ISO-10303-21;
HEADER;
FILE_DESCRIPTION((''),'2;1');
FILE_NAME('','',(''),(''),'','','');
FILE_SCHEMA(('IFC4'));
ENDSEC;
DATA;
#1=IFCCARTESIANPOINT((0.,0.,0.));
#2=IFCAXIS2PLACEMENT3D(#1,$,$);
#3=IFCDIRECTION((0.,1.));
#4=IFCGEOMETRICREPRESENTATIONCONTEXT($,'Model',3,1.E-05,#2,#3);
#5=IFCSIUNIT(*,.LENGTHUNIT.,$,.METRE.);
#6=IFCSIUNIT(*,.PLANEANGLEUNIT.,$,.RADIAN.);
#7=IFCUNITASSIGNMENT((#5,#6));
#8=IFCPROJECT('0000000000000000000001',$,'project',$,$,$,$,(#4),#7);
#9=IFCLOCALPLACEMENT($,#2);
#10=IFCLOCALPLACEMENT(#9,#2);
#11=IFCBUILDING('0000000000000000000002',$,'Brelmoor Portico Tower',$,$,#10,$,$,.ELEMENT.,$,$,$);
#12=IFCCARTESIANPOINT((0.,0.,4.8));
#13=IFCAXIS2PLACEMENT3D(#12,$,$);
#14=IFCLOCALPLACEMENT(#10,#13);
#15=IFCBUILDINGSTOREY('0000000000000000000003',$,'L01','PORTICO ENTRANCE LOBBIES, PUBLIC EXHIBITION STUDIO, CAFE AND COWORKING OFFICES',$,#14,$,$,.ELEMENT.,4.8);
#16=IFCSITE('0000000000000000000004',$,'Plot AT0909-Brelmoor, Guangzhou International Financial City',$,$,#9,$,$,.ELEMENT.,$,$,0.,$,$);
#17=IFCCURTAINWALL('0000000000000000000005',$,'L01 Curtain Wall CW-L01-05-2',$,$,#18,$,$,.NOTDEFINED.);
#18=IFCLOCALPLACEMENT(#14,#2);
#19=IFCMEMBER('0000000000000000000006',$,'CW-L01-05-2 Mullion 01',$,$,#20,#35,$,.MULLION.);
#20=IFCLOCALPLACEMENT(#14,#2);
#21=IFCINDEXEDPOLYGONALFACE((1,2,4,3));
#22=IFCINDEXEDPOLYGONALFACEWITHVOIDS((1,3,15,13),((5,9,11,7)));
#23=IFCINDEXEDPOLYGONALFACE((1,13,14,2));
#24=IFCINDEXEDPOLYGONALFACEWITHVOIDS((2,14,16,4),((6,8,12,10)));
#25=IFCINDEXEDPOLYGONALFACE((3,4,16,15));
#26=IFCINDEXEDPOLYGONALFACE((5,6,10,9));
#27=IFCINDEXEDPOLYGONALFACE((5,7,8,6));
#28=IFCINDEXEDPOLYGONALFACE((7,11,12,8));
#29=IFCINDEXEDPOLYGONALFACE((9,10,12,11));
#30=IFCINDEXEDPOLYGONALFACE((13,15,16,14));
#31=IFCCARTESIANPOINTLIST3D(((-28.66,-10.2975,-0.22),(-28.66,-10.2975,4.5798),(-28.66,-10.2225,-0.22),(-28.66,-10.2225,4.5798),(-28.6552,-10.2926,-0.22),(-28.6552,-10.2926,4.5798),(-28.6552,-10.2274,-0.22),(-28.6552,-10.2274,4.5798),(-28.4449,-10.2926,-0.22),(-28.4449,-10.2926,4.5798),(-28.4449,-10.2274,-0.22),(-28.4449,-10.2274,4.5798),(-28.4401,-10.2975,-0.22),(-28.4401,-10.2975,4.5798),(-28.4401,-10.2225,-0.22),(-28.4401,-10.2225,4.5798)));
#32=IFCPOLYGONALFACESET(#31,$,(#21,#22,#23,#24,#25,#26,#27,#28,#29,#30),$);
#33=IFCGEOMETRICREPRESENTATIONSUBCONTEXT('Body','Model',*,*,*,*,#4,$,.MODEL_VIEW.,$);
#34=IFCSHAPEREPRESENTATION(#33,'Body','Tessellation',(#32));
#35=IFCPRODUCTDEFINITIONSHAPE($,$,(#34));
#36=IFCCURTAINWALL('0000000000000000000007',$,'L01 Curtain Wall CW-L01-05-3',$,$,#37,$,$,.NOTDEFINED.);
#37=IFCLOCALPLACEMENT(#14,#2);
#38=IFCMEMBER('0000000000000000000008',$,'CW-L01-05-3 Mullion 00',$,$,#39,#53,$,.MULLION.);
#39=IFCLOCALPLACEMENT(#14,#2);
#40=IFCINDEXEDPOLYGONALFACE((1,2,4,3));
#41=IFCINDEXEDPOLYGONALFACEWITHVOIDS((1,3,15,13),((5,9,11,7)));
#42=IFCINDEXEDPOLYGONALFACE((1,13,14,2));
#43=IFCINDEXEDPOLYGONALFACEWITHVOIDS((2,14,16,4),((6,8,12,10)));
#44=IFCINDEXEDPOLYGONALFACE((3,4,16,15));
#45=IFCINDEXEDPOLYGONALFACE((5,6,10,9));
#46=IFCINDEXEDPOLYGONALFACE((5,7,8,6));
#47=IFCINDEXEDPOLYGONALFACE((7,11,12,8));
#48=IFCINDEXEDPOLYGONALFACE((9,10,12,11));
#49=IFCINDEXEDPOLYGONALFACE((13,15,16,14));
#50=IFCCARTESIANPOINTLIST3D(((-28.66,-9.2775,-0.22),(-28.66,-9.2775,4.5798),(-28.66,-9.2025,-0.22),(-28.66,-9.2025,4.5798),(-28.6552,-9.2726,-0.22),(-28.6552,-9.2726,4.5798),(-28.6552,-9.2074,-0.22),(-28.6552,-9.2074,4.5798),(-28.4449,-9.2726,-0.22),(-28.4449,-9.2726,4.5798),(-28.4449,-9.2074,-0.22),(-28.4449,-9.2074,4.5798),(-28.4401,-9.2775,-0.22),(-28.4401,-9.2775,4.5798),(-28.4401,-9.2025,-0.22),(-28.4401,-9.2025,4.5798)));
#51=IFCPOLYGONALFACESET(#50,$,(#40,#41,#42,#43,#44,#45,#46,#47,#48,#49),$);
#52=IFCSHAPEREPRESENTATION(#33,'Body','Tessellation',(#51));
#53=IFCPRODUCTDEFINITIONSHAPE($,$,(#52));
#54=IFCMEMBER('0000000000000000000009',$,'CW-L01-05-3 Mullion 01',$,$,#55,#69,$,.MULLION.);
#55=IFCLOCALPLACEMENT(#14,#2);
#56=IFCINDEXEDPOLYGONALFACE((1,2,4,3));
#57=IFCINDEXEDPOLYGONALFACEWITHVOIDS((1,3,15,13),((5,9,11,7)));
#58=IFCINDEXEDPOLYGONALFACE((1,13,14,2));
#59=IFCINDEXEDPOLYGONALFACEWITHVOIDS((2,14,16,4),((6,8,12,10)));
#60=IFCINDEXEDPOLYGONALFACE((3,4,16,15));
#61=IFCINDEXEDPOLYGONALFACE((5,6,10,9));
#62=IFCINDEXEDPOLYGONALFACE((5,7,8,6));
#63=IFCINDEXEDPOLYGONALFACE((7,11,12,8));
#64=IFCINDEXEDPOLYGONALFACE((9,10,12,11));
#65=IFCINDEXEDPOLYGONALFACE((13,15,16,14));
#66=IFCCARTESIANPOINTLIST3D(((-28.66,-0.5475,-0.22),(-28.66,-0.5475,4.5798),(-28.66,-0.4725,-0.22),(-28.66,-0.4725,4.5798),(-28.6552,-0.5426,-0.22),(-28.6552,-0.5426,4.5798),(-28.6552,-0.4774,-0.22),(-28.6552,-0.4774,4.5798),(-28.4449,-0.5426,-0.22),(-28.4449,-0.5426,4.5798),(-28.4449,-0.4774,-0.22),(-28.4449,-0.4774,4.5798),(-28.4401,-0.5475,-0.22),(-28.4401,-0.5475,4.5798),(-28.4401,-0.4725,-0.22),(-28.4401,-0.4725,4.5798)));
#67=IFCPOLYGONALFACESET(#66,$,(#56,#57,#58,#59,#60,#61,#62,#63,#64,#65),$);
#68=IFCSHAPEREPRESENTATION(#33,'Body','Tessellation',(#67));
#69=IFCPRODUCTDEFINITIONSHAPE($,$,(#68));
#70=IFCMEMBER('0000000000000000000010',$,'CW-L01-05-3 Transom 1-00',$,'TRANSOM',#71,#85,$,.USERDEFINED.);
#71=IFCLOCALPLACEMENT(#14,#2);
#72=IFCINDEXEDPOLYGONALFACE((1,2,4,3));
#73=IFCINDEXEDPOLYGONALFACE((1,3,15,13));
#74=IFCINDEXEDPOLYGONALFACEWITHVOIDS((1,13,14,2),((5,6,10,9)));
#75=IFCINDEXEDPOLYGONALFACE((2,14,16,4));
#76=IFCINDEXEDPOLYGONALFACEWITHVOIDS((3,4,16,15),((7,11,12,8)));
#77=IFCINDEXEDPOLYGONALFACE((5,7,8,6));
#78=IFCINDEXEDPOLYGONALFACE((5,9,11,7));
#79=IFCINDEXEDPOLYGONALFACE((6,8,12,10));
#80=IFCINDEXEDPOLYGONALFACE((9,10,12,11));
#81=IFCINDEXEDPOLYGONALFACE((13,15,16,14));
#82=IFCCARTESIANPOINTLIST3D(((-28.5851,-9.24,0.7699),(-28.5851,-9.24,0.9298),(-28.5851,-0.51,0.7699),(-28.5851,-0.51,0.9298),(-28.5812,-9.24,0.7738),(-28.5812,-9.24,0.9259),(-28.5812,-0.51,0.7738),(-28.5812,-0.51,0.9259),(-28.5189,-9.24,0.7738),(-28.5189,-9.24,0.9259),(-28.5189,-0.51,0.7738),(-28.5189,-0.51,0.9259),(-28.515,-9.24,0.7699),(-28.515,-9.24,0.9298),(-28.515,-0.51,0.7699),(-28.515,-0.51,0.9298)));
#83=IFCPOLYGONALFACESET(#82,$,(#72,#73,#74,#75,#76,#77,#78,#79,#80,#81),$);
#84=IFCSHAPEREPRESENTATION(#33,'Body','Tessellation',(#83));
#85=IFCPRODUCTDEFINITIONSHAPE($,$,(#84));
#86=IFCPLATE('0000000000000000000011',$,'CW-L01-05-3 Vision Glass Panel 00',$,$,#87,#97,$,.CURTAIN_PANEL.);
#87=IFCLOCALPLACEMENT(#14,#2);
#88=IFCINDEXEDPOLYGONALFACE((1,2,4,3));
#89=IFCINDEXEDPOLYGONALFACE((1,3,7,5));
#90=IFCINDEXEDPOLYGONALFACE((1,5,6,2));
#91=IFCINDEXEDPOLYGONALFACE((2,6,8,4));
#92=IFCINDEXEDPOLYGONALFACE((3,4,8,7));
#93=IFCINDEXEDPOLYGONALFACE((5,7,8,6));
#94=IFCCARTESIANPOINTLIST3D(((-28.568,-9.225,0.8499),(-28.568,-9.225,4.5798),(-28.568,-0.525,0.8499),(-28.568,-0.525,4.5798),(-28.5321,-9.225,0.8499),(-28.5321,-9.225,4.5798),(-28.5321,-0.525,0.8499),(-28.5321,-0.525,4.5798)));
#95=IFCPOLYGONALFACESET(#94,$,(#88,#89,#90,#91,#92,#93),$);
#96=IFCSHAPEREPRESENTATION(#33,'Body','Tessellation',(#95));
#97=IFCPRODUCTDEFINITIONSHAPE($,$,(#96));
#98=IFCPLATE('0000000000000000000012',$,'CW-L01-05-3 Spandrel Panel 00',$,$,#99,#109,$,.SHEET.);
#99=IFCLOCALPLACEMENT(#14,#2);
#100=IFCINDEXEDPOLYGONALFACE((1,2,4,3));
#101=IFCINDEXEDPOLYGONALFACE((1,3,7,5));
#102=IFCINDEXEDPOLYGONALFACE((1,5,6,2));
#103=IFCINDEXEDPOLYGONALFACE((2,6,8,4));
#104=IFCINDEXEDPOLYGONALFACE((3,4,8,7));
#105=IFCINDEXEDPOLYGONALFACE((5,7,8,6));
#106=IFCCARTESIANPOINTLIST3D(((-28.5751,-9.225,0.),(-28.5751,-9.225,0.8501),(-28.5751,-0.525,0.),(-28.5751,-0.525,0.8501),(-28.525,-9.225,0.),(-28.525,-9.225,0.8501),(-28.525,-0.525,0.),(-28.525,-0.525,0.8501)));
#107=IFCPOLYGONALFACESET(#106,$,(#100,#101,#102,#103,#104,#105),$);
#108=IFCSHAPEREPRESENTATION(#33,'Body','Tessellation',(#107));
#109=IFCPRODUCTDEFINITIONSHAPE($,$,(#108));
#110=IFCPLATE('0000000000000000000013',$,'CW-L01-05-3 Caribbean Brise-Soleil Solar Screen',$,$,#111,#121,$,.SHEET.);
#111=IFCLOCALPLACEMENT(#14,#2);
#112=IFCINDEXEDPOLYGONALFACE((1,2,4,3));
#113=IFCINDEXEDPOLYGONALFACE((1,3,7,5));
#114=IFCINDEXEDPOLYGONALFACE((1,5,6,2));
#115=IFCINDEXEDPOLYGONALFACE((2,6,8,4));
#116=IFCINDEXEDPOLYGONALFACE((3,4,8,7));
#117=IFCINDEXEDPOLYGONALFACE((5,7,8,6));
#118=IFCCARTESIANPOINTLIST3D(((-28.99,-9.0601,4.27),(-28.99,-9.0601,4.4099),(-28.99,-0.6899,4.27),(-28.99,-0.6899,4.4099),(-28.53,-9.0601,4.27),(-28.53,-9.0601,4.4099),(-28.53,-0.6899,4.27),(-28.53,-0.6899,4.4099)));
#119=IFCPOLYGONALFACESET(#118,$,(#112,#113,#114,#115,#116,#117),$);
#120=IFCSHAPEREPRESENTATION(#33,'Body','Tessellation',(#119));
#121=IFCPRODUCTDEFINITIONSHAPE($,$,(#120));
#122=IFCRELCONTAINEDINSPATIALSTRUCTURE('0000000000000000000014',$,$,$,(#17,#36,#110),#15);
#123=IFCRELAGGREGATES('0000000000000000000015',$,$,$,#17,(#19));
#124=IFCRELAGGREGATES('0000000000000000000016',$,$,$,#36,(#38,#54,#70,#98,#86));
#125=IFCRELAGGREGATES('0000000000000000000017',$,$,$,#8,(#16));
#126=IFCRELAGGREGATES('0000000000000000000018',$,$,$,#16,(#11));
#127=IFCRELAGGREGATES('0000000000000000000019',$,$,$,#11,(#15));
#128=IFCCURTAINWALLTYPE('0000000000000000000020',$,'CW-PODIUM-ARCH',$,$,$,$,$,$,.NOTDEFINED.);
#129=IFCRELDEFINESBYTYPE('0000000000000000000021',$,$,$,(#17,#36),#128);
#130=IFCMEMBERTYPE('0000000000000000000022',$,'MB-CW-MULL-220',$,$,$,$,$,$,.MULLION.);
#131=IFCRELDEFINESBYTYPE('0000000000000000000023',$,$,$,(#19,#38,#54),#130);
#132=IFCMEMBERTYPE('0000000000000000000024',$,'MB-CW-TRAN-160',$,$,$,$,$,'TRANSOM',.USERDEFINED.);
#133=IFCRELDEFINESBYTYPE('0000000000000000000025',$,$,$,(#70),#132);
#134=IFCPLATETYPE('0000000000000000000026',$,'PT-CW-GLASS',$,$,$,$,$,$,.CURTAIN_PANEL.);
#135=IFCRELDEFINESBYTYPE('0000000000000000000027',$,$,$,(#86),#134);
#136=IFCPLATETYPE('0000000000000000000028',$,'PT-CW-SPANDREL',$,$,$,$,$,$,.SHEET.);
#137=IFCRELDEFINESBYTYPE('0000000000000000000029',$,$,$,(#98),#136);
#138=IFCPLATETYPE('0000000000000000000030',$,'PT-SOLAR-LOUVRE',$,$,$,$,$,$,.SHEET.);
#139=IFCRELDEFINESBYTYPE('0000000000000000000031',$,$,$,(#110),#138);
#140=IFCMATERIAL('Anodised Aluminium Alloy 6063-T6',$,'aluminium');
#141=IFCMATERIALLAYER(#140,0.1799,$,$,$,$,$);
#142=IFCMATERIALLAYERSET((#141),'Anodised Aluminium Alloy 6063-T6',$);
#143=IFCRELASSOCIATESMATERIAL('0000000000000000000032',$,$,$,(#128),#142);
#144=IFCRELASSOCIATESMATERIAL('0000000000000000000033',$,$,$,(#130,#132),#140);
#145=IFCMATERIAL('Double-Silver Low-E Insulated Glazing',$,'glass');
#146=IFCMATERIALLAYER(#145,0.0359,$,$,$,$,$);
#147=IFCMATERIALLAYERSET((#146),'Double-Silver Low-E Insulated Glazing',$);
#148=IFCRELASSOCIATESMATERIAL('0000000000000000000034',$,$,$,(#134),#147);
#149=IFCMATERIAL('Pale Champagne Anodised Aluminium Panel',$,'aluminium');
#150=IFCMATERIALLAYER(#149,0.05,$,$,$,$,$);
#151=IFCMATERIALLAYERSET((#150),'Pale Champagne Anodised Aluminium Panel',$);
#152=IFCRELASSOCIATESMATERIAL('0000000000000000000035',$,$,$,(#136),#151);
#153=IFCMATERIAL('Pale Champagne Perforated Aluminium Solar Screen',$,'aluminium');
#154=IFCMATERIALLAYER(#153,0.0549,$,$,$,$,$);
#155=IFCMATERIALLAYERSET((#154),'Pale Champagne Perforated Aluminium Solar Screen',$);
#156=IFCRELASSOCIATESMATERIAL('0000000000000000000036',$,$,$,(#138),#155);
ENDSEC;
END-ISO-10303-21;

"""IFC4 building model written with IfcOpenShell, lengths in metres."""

from ifc_helpers import new_model, si_unit, direction, frame, origin, origin_2d, place, context, subcontext, project, spatial, rectangle, hollow_rectangle, extrude, material, layer, layer_set, material_profile, profile_set, type_object, element, aggregate, save


model = new_model("IFC4")

# Units and contexts
model_context = context("Model", 3, precision=1e-05, world=origin(), true_north=direction((0.0, 1.0)))
body_context = subcontext(model_context, "Body", "Model", "MODEL_VIEW")
ifc_project = project(units=[si_unit("LENGTHUNIT", "METRE"), si_unit("PLANEANGLEUNIT", "RADIAN")], contexts=[model_context])

# Site, building, storey
site_placement = place(None, origin())
site = spatial("IfcSite", under=ifc_project, at=site_placement, Name="Plot AT0909-Brelmoor, Guangzhou International Financial City", CompositionType="ELEMENT", RefElevation=0.0)
building_placement = place(site_placement, origin())
building = spatial("IfcBuilding", under=site, at=building_placement, Name="Brelmoor Portico Tower", CompositionType="ELEMENT")
storey_placement = place(building_placement, frame((0.0, 0.0, 4.8)))
storey = spatial("IfcBuildingStorey", under=building, at=storey_placement, Name="L01", Description="PORTICO ENTRANCE LOBBIES, PUBLIC EXHIBITION STUDIO, CAFE AND COWORKING OFFICES", CompositionType="ELEMENT", Elevation=4.8)

# Curtain wall, member
ifc_material_1 = material(Name="Anodised Aluminium Alloy 6063-T6", Category="aluminium")
ifc_layer_1 = layer(ifc_material_1, 0.1799)
ifc_layer_set_1 = layer_set([ifc_layer_1], Name="Anodised Aluminium Alloy 6063-T6")
curtain_wall_type = type_object("IfcCurtainWallType", Name="CW-PODIUM-ARCH", PredefinedType="NOTDEFINED", material=ifc_layer_set_1)
curtain_wall_1_placement = place(storey_placement, origin())
curtain_wall_1 = element("IfcCurtainWall", 1, at=curtain_wall_1_placement, inside=storey, type_object=curtain_wall_type, Name="L01 Curtain Wall CW-L01-05-2", PredefinedType="NOTDEFINED")
ifc_material_profile_1 = material_profile(ifc_material_1, hollow_rectangle(XDim=0.075, YDim=0.22, WallThickness=0.0049, at=origin_2d()), Name="ALU MULLION 75x220")
ifc_profile_set_1 = profile_set([ifc_material_profile_1], Name="Anodised Aluminium Alloy 6063-T6")
member_type_1 = type_object("IfcMemberType", Name="MB-CW-MULL-220", PredefinedType="MULLION", material=ifc_profile_set_1)
member_1_placement = place(storey_placement, frame((-28.55, -10.26, -0.22), z_axis=(0.0, 0.0, 1.0), x_axis=(0.0, 1.0, 0.0)))
member_1 = element("IfcMember", 2, at=member_1_placement, type_object=member_type_1, Name="CW-L01-05-2 Mullion 01", PredefinedType="MULLION", context=body_context, shape_type="SweptSolid", body=[
    extrude(hollow_rectangle(XDim=0.075, YDim=0.22, WallThickness=0.0049, at=origin_2d()), origin(), (0.0, 0.0, 1.0), 4.7998),
])
aggregate(curtain_wall_1, [member_1])

# Curtain wall, members, plates
curtain_wall_2_placement = place(storey_placement, origin())
curtain_wall_2 = element("IfcCurtainWall", 3, at=curtain_wall_2_placement, inside=storey, type_object=curtain_wall_type, Name="L01 Curtain Wall CW-L01-05-3", PredefinedType="NOTDEFINED")
member_2_placement = place(storey_placement, frame((-28.55, -9.24, -0.22), z_axis=(0.0, 0.0, 1.0), x_axis=(0.0, 1.0, 0.0)))
member_2 = element("IfcMember", 4, at=member_2_placement, type_object=member_type_1, Name="CW-L01-05-3 Mullion 00", PredefinedType="MULLION", context=body_context, shape_type="SweptSolid", body=[
    extrude(hollow_rectangle(XDim=0.075, YDim=0.22, WallThickness=0.0049, at=origin_2d()), origin(), (0.0, 0.0, 1.0), 4.7998),
])
member_3_placement = place(storey_placement, frame((-28.55, -0.51, -0.22), z_axis=(0.0, 0.0, 1.0), x_axis=(0.0, 1.0, 0.0)))
member_3 = element("IfcMember", 5, at=member_3_placement, type_object=member_type_1, Name="CW-L01-05-3 Mullion 01", PredefinedType="MULLION", context=body_context, shape_type="SweptSolid", body=[
    extrude(hollow_rectangle(XDim=0.075, YDim=0.22, WallThickness=0.0049, at=origin_2d()), origin(), (0.0, 0.0, 1.0), 4.7998),
])
ifc_material_profile_2 = material_profile(ifc_material_1, hollow_rectangle(XDim=0.0701, YDim=0.1599, WallThickness=0.0039, at=origin_2d()), Name="ALU TRANSOM 70x160")
ifc_profile_set_2 = profile_set([ifc_material_profile_2], Name="Anodised Aluminium Alloy 6063-T6")
member_type_2 = type_object("IfcMemberType", Name="MB-CW-TRAN-160", ElementType="TRANSOM", PredefinedType="USERDEFINED", material=ifc_profile_set_2)
member_4_placement = place(storey_placement, frame((-28.55, -9.24, 0.8499), z_axis=(0.0, 1.0, 0.0), x_axis=(-1.0, 0.0, 0.0)))
member_4 = element("IfcMember", 6, at=member_4_placement, type_object=member_type_2, Name="CW-L01-05-3 Transom 1-00", ObjectType="TRANSOM", PredefinedType="USERDEFINED", context=body_context, shape_type="SweptSolid", body=[
    extrude(hollow_rectangle(XDim=0.0701, YDim=0.1599, WallThickness=0.0039, at=origin_2d()), origin(), (0.0, 0.0, 1.0), 8.73),
])
ifc_material_2 = material(Name="Double-Silver Low-E Insulated Glazing", Category="glass")
ifc_layer_2 = layer(ifc_material_2, 0.0359)
ifc_layer_set_2 = layer_set([ifc_layer_2], Name="Double-Silver Low-E Insulated Glazing")
plate_type_1 = type_object("IfcPlateType", Name="PT-CW-GLASS", PredefinedType="CURTAIN_PANEL", material=ifc_layer_set_2)
plate_1_placement = place(storey_placement, frame((-28.55, -4.875, 0.8499), z_axis=(0.0, 0.0, 1.0), x_axis=(0.0, 1.0, 0.0)))
plate_1 = element("IfcPlate", 7, at=plate_1_placement, type_object=plate_type_1, Name="CW-L01-05-3 Vision Glass Panel 00", PredefinedType="CURTAIN_PANEL", context=body_context, shape_type="SweptSolid", body=[
    extrude(rectangle(XDim=8.7, YDim=0.0359, at=origin_2d()), origin(), (0.0, 0.0, 1.0), 3.73),
])
ifc_material_3 = material(Name="Pale Champagne Anodised Aluminium Panel", Category="aluminium")
ifc_layer_3 = layer(ifc_material_3, 0.05)
ifc_layer_set_3 = layer_set([ifc_layer_3], Name="Pale Champagne Anodised Aluminium Panel")
plate_type_2 = type_object("IfcPlateType", Name="PT-CW-SPANDREL", PredefinedType="SHEET", material=ifc_layer_set_3)
plate_2_placement = place(storey_placement, frame((-28.55, -4.875, 0.0), z_axis=(0.0, 0.0, 1.0), x_axis=(0.0, 1.0, 0.0)))
plate_2 = element("IfcPlate", 8, at=plate_2_placement, type_object=plate_type_2, Name="CW-L01-05-3 Spandrel Panel 00", PredefinedType="SHEET", context=body_context, shape_type="SweptSolid", body=[
    extrude(rectangle(XDim=8.7, YDim=0.05, at=origin_2d()), origin(), (0.0, 0.0, 1.0), 0.8501),
])
aggregate(curtain_wall_2, [member_2, member_3, member_4, plate_2, plate_1])

# Plate
ifc_material_4 = material(Name="Pale Champagne Perforated Aluminium Solar Screen", Category="aluminium")
ifc_layer_4 = layer(ifc_material_4, 0.0549)
ifc_layer_set_4 = layer_set([ifc_layer_4], Name="Pale Champagne Perforated Aluminium Solar Screen")
plate_type_3 = type_object("IfcPlateType", Name="PT-SOLAR-LOUVRE", PredefinedType="SHEET", material=ifc_layer_set_4)
plate_3_placement = place(storey_placement, frame((-28.76, -4.875, 4.27), z_axis=(0.0, 0.0, 1.0), x_axis=(0.0, 1.0, 0.0)))
element("IfcPlate", 9, at=plate_3_placement, inside=storey, type_object=plate_type_3, Name="CW-L01-05-3 Caribbean Brise-Soleil Solar Screen", PredefinedType="SHEET", context=body_context, shape_type="SweptSolid", body=[
    extrude(rectangle(XDim=8.3701, YDim=0.46, at=origin_2d()), origin(), (0.0, 0.0, 1.0), 0.1399),
])

save(model, "model.ifc")
